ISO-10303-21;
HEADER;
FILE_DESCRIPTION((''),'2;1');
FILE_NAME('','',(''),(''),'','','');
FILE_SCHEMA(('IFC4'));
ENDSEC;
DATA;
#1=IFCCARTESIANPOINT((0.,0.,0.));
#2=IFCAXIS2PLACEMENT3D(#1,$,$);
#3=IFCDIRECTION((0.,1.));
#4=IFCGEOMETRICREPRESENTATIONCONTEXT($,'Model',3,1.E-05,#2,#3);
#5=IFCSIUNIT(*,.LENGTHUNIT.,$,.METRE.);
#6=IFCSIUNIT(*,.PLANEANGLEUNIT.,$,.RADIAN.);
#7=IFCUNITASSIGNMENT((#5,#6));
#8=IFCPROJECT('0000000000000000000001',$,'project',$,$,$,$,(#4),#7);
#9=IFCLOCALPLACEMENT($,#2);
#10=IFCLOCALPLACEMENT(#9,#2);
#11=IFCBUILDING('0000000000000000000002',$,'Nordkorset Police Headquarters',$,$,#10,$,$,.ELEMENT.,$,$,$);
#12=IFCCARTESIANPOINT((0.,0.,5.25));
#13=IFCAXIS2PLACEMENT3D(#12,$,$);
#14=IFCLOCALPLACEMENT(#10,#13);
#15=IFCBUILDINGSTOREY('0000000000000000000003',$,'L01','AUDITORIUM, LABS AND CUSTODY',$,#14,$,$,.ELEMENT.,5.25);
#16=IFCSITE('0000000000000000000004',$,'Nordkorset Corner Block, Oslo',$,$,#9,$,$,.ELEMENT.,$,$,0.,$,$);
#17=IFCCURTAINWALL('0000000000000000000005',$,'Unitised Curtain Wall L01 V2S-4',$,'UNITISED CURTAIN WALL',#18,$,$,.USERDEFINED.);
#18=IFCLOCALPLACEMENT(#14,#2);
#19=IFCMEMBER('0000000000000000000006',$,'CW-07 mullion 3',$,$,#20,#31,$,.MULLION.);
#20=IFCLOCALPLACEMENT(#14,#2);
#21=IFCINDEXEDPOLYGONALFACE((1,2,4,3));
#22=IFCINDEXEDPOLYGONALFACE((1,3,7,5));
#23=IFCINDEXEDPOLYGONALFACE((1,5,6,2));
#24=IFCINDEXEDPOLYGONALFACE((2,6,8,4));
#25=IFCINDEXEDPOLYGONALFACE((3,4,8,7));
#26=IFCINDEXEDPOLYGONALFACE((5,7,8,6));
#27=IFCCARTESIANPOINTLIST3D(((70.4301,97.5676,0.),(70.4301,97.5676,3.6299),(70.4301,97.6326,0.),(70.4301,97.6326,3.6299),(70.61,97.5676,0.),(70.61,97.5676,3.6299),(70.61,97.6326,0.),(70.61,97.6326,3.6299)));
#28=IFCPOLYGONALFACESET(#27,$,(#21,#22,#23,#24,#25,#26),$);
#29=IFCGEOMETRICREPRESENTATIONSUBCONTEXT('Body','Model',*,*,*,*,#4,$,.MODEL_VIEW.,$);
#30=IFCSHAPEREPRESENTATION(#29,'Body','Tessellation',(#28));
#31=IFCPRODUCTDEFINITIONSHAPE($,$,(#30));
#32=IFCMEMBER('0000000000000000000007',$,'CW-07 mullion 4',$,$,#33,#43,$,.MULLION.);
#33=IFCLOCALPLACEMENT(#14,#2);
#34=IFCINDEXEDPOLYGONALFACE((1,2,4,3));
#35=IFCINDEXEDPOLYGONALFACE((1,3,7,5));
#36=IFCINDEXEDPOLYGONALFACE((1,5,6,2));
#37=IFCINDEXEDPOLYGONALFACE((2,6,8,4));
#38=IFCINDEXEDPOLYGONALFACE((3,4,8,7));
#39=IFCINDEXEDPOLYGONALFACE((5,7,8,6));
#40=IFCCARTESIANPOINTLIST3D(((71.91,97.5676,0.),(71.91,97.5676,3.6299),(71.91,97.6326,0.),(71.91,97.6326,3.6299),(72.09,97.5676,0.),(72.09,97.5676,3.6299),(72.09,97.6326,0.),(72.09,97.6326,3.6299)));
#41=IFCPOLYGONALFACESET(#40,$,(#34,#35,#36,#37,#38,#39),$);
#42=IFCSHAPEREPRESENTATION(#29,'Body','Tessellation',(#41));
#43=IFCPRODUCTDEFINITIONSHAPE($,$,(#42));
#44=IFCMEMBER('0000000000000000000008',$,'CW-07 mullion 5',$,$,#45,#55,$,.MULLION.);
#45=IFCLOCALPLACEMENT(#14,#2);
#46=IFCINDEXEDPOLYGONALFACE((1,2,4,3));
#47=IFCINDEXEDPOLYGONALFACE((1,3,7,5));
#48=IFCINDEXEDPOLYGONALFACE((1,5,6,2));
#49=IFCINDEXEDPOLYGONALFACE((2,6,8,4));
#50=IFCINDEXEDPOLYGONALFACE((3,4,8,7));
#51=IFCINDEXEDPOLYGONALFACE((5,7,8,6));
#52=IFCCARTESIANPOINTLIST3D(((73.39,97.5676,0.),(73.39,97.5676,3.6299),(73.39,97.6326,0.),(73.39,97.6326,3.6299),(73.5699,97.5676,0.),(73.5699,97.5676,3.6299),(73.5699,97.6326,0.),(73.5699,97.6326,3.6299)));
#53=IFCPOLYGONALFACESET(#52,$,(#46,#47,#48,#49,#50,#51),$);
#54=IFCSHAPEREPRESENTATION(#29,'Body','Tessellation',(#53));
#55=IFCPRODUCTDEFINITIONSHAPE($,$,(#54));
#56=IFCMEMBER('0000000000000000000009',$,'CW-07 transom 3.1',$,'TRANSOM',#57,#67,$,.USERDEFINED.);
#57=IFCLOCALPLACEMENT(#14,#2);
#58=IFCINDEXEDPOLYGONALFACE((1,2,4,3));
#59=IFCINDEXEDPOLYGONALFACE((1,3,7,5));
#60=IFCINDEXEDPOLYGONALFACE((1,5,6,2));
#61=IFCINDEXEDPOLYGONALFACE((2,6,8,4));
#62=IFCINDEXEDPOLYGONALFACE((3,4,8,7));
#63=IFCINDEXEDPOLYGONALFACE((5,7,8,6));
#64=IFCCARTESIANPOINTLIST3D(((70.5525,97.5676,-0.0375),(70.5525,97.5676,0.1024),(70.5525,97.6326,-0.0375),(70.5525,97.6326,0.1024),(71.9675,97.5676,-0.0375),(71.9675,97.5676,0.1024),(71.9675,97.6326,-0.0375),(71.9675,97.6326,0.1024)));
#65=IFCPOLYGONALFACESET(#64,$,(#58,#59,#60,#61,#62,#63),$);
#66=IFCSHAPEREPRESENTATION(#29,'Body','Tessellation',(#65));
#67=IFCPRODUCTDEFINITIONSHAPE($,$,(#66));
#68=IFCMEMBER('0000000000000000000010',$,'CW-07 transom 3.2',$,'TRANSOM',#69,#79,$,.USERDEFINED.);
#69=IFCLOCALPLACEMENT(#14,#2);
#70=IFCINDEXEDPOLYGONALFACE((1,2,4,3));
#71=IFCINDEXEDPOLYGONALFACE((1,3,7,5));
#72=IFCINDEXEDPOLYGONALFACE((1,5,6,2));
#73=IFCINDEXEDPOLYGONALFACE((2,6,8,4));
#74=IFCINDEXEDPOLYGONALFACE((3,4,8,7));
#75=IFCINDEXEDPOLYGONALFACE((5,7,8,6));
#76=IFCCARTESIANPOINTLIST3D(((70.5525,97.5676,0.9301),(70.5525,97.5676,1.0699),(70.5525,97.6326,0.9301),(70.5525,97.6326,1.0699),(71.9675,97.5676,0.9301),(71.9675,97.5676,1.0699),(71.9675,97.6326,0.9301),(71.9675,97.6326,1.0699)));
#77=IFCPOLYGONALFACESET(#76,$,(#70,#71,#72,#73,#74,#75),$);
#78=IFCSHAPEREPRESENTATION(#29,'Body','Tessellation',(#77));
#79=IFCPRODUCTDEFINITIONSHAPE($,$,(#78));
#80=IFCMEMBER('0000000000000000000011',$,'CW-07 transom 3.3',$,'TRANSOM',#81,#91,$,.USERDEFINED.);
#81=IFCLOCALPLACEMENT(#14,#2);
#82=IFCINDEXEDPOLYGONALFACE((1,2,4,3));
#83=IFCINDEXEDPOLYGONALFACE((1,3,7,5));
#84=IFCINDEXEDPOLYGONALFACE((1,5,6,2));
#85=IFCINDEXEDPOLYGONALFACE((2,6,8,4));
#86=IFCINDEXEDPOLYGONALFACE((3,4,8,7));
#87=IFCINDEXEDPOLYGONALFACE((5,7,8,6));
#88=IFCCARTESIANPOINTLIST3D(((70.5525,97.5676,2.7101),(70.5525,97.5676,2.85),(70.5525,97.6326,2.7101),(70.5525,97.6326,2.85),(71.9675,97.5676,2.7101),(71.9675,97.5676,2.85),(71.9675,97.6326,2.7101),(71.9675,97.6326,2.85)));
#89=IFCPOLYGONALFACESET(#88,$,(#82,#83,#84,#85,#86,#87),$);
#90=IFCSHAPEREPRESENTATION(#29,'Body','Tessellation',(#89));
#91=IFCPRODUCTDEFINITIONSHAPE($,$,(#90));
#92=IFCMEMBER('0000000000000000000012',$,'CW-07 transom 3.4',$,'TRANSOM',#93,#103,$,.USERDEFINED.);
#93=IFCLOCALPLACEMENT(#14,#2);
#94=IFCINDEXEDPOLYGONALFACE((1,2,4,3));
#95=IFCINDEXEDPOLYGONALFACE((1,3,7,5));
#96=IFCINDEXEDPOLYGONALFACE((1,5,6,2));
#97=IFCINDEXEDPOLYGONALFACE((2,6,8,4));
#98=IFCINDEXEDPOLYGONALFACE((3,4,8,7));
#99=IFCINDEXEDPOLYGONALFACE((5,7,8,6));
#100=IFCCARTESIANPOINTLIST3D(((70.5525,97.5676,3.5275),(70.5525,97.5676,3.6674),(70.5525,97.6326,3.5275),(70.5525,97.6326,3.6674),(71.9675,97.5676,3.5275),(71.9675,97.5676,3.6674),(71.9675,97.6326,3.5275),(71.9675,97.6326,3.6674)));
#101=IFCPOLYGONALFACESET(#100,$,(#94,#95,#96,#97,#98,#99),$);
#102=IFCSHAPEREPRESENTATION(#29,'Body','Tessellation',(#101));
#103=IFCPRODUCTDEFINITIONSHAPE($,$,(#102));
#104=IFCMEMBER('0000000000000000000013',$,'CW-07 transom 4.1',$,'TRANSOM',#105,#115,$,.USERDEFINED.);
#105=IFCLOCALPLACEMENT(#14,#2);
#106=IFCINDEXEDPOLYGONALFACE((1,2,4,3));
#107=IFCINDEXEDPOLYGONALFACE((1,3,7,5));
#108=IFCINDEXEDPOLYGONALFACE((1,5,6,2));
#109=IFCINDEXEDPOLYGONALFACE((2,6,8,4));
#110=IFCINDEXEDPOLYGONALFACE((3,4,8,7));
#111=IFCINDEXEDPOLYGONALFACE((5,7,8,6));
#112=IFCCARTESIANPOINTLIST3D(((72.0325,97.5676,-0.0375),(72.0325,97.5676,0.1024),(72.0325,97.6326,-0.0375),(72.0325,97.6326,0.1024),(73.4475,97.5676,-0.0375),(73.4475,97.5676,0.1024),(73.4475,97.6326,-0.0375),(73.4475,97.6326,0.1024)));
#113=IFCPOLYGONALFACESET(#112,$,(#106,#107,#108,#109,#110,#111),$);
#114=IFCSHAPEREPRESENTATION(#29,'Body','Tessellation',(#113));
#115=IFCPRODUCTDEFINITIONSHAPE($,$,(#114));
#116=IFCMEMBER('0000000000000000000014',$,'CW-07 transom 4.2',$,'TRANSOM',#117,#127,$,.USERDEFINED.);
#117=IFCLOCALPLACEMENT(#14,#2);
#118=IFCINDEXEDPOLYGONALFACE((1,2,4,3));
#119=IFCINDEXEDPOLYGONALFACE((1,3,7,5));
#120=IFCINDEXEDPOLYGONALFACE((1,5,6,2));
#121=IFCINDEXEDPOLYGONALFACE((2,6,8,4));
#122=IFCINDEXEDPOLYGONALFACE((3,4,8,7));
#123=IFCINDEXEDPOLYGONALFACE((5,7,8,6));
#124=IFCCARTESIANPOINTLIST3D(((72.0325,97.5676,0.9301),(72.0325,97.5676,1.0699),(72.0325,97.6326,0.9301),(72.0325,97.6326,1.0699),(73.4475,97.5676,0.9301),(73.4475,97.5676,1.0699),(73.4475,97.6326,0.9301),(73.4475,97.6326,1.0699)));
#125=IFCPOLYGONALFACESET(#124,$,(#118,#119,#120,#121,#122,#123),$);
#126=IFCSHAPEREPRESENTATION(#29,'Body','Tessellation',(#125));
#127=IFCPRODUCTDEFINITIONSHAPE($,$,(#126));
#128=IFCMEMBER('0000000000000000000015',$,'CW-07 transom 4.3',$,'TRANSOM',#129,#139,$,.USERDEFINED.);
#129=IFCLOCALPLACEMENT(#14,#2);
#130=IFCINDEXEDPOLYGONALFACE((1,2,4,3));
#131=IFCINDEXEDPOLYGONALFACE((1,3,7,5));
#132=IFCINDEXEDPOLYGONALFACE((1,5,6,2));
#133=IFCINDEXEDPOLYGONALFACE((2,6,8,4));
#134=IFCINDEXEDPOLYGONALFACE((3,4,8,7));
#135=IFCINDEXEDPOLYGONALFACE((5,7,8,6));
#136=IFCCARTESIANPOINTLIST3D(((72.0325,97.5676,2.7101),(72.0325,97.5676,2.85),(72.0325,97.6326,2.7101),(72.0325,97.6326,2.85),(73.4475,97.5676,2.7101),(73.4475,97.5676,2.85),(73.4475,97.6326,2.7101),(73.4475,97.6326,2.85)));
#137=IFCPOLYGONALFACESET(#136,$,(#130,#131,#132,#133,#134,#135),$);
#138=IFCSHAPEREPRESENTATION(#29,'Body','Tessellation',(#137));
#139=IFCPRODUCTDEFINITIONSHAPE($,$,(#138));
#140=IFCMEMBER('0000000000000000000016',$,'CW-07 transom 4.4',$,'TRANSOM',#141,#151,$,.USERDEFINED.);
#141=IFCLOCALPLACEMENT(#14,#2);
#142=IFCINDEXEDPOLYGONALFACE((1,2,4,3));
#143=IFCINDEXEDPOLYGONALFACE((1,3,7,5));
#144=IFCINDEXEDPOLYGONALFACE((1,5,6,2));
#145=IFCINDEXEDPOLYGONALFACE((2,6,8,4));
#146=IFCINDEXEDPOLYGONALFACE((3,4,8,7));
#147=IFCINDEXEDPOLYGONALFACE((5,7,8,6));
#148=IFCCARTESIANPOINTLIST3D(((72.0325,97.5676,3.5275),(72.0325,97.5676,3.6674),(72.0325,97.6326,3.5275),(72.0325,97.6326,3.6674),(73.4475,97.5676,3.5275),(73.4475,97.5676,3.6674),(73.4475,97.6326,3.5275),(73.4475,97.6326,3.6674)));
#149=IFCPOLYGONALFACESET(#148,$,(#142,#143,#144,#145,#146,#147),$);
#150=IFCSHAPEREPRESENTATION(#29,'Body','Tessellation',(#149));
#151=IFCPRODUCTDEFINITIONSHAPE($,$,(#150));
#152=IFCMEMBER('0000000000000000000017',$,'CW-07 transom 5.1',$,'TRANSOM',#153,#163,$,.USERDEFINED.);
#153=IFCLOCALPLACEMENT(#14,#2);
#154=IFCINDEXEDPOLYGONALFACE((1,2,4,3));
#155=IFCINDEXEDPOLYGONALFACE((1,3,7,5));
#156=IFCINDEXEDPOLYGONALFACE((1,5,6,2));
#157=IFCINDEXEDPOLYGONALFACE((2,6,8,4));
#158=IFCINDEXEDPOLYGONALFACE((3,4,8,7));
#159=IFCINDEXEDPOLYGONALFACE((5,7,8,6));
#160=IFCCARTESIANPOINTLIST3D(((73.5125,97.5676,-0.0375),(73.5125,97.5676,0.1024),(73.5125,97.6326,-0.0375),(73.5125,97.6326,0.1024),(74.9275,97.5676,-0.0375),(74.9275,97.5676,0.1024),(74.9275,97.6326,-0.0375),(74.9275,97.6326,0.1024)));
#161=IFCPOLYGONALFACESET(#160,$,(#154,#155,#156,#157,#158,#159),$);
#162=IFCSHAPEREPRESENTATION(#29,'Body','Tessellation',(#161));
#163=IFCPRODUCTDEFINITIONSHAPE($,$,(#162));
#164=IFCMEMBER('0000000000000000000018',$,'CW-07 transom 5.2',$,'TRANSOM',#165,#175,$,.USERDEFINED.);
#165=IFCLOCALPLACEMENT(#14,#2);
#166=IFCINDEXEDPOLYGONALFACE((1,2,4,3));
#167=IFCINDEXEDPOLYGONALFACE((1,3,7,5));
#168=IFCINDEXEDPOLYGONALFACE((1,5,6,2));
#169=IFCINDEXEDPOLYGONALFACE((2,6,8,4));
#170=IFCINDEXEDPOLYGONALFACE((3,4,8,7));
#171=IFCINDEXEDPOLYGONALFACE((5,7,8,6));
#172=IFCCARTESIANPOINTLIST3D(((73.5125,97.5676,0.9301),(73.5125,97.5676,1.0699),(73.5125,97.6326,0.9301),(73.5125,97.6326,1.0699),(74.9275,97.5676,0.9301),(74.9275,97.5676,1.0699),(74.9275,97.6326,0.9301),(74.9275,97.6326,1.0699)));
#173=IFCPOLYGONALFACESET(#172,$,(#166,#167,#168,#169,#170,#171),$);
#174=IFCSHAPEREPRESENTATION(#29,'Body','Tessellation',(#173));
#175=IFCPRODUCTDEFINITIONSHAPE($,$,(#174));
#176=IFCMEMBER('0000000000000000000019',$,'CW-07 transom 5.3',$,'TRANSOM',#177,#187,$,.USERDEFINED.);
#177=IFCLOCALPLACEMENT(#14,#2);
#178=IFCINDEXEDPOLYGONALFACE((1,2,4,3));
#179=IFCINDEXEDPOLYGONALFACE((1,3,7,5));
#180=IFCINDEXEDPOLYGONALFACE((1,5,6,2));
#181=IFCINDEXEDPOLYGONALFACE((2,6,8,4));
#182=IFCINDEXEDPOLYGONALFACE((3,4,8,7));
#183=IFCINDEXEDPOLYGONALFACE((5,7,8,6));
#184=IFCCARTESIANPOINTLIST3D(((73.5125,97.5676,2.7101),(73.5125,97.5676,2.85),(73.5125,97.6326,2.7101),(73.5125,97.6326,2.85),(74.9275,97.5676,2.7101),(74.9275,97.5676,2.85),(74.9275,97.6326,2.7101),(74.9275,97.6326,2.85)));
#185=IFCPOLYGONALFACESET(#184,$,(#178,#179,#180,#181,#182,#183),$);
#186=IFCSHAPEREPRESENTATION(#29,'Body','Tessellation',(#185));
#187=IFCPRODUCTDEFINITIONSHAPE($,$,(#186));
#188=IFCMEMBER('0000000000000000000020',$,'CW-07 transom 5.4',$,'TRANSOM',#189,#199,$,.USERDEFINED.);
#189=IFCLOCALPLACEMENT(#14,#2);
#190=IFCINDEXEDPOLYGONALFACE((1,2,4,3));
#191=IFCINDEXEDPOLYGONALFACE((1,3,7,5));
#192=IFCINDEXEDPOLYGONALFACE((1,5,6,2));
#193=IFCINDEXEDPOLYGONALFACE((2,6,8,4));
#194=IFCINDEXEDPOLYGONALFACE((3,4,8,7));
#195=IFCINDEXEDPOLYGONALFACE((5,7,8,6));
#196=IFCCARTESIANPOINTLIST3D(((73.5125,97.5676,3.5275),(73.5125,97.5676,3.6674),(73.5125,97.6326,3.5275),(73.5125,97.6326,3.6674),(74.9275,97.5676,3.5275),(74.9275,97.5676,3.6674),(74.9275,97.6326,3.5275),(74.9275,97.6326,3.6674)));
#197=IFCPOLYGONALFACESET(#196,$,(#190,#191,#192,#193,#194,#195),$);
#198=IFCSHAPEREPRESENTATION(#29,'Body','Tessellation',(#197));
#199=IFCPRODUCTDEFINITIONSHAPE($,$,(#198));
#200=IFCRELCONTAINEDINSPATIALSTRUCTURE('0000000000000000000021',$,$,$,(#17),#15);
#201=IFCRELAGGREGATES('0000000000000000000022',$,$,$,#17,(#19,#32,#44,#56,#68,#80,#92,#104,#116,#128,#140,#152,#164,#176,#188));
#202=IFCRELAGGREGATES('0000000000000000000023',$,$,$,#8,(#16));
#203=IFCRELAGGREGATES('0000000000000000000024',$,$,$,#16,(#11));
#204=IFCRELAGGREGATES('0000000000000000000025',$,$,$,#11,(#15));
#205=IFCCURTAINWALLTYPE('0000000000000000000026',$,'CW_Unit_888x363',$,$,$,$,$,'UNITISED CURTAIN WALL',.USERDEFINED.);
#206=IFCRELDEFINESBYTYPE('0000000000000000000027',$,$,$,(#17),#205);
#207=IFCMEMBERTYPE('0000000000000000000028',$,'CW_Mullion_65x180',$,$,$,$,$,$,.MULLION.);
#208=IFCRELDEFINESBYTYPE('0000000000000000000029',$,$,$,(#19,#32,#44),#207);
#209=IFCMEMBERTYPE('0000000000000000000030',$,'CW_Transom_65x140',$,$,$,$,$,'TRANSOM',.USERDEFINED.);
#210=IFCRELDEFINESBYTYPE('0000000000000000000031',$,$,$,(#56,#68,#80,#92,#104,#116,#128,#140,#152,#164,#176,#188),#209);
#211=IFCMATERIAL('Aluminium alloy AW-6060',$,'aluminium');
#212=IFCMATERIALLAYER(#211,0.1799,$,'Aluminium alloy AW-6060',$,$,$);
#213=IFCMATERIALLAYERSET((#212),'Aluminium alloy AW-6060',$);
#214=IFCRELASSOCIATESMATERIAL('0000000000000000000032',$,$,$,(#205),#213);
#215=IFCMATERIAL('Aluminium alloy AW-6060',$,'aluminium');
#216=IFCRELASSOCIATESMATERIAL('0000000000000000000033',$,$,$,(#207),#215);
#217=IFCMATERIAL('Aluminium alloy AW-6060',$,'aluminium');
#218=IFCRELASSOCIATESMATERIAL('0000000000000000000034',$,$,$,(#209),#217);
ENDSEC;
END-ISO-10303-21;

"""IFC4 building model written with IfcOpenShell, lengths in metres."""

from ifc_helpers import new_model, si_unit, direction, frame, origin, origin_2d, place, context, subcontext, project, spatial, rectangle, extrude, material, layer, layer_set, material_profile, profile_set, type_object, element, aggregate, save


model = new_model("IFC4")

# Units and contexts
model_context = context("Model", 3, precision=1e-05, world=origin(), true_north=direction((0.0, 1.0)))
body_context = subcontext(model_context, "Body", "Model", "MODEL_VIEW")
ifc_project = project(units=[si_unit("LENGTHUNIT", "METRE"), si_unit("PLANEANGLEUNIT", "RADIAN")], contexts=[model_context])

# Site, building, storey
site_placement = place(None, origin())
site = spatial("IfcSite", under=ifc_project, at=site_placement, Name="Nordkorset Corner Block, Oslo", CompositionType="ELEMENT", RefElevation=0.0)
building_placement = place(site_placement, origin())
building = spatial("IfcBuilding", under=site, at=building_placement, Name="Nordkorset Police Headquarters", CompositionType="ELEMENT")
storey_placement = place(building_placement, frame((0.0, 0.0, 5.25)))
storey = spatial("IfcBuildingStorey", under=building, at=storey_placement, Name="L01", Description="AUDITORIUM, LABS AND CUSTODY", CompositionType="ELEMENT", Elevation=5.25)

# Curtain wall, members
ifc_material_1 = material(Name="Aluminium alloy AW-6060", Category="aluminium")
ifc_layer_1 = layer(ifc_material_1, 0.1799, Name="Aluminium alloy AW-6060")
ifc_layer_set_1 = layer_set([ifc_layer_1], Name="Aluminium alloy AW-6060")
curtain_wall_type = type_object("IfcCurtainWallType", Name="CW_Unit_888x363", ElementType="UNITISED CURTAIN WALL", PredefinedType="USERDEFINED", material=ifc_layer_set_1)
curtain_wall_placement = place(storey_placement, origin())
curtain_wall = element("IfcCurtainWall", 1, at=curtain_wall_placement, inside=storey, type_object=curtain_wall_type, Name="Unitised Curtain Wall L01 V2S-4", ObjectType="UNITISED CURTAIN WALL", PredefinedType="USERDEFINED")
ifc_material_2 = material(Name="Aluminium alloy AW-6060", Category="aluminium")
ifc_material_profile_1 = material_profile(ifc_material_2, rectangle(XDim=0.0649, YDim=0.1799, at=origin_2d()), Name="ALU MULL 65x180")
ifc_profile_set_1 = profile_set([ifc_material_profile_1], Name="Aluminium alloy AW-6060")
member_type_1 = type_object("IfcMemberType", Name="CW_Mullion_65x180", PredefinedType="MULLION", material=ifc_profile_set_1)
member_1_placement = place(storey_placement, frame((70.52, 97.6001, 0.0), z_axis=(0.0, 0.0, 1.0), x_axis=(0.0, 1.0, 0.0)))
member_1 = element("IfcMember", 2, at=member_1_placement, type_object=member_type_1, Name="CW-07 mullion 3", PredefinedType="MULLION", context=body_context, shape_type="SweptSolid", body=[
    extrude(rectangle(XDim=0.0649, YDim=0.1799, at=origin_2d()), origin(), (0.0, 0.0, 1.0), 3.6299),
])
member_2_placement = place(storey_placement, frame((72.0, 97.6001, 0.0), z_axis=(0.0, 0.0, 1.0), x_axis=(0.0, 1.0, 0.0)))
member_2 = element("IfcMember", 3, at=member_2_placement, type_object=member_type_1, Name="CW-07 mullion 4", PredefinedType="MULLION", context=body_context, shape_type="SweptSolid", body=[
    extrude(rectangle(XDim=0.0649, YDim=0.1799, at=origin_2d()), origin(), (0.0, 0.0, 1.0), 3.6299),
])
member_3_placement = place(storey_placement, frame((73.48, 97.6001, 0.0), z_axis=(0.0, 0.0, 1.0), x_axis=(0.0, 1.0, 0.0)))
member_3 = element("IfcMember", 4, at=member_3_placement, type_object=member_type_1, Name="CW-07 mullion 5", PredefinedType="MULLION", context=body_context, shape_type="SweptSolid", body=[
    extrude(rectangle(XDim=0.0649, YDim=0.1799, at=origin_2d()), origin(), (0.0, 0.0, 1.0), 3.6299),
])
ifc_material_3 = material(Name="Aluminium alloy AW-6060", Category="aluminium")
ifc_material_profile_2 = material_profile(ifc_material_3, rectangle(XDim=0.0649, YDim=0.1399, at=origin_2d()), Name="ALU TRAN 65x140")
ifc_profile_set_2 = profile_set([ifc_material_profile_2], Name="Aluminium alloy AW-6060")
member_type_2 = type_object("IfcMemberType", Name="CW_Transom_65x140", ElementType="TRANSOM", PredefinedType="USERDEFINED", material=ifc_profile_set_2)
member_4_placement = place(storey_placement, frame((70.5525, 97.6001, 0.0325), z_axis=(1.0, 0.0, 0.0), x_axis=(0.0, 1.0, 0.0)))
member_4 = element("IfcMember", 5, at=member_4_placement, type_object=member_type_2, Name="CW-07 transom 3.1", ObjectType="TRANSOM", PredefinedType="USERDEFINED", context=body_context, shape_type="SweptSolid", body=[
    extrude(rectangle(XDim=0.0649, YDim=0.1399, at=origin_2d()), origin(), (0.0, 0.0, 1.0), 1.415),
])
member_5_placement = place(storey_placement, frame((70.5525, 97.6001, 1.0), z_axis=(1.0, 0.0, 0.0), x_axis=(0.0, 1.0, 0.0)))
member_5 = element("IfcMember", 6, at=member_5_placement, type_object=member_type_2, Name="CW-07 transom 3.2", ObjectType="TRANSOM", PredefinedType="USERDEFINED", context=body_context, shape_type="SweptSolid", body=[
    extrude(rectangle(XDim=0.0649, YDim=0.1399, at=origin_2d()), origin(), (0.0, 0.0, 1.0), 1.415),
])
member_6_placement = place(storey_placement, frame((70.5525, 97.6001, 2.78), z_axis=(1.0, 0.0, 0.0), x_axis=(0.0, 1.0, 0.0)))
member_6 = element("IfcMember", 7, at=member_6_placement, type_object=member_type_2, Name="CW-07 transom 3.3", ObjectType="TRANSOM", PredefinedType="USERDEFINED", context=body_context, shape_type="SweptSolid", body=[
    extrude(rectangle(XDim=0.0649, YDim=0.1399, at=origin_2d()), origin(), (0.0, 0.0, 1.0), 1.415),
])
member_7_placement = place(storey_placement, frame((70.5525, 97.6001, 3.5974), z_axis=(1.0, 0.0, 0.0), x_axis=(0.0, 1.0, 0.0)))
member_7 = element("IfcMember", 8, at=member_7_placement, type_object=member_type_2, Name="CW-07 transom 3.4", ObjectType="TRANSOM", PredefinedType="USERDEFINED", context=body_context, shape_type="SweptSolid", body=[
    extrude(rectangle(XDim=0.0649, YDim=0.1399, at=origin_2d()), origin(), (0.0, 0.0, 1.0), 1.415),
])
member_8_placement = place(storey_placement, frame((72.0325, 97.6001, 0.0325), z_axis=(1.0, 0.0, 0.0), x_axis=(0.0, 1.0, 0.0)))
member_8 = element("IfcMember", 9, at=member_8_placement, type_object=member_type_2, Name="CW-07 transom 4.1", ObjectType="TRANSOM", PredefinedType="USERDEFINED", context=body_context, shape_type="SweptSolid", body=[
    extrude(rectangle(XDim=0.0649, YDim=0.1399, at=origin_2d()), origin(), (0.0, 0.0, 1.0), 1.415),
])
member_9_placement = place(storey_placement, frame((72.0325, 97.6001, 1.0), z_axis=(1.0, 0.0, 0.0), x_axis=(0.0, 1.0, 0.0)))
member_9 = element("IfcMember", 10, at=member_9_placement, type_object=member_type_2, Name="CW-07 transom 4.2", ObjectType="TRANSOM", PredefinedType="USERDEFINED", context=body_context, shape_type="SweptSolid", body=[
    extrude(rectangle(XDim=0.0649, YDim=0.1399, at=origin_2d()), origin(), (0.0, 0.0, 1.0), 1.415),
])
member_10_placement = place(storey_placement, frame((72.0325, 97.6001, 2.78), z_axis=(1.0, 0.0, 0.0), x_axis=(0.0, 1.0, 0.0)))
member_10 = element("IfcMember", 11, at=member_10_placement, type_object=member_type_2, Name="CW-07 transom 4.3", ObjectType="TRANSOM", PredefinedType="USERDEFINED", context=body_context, shape_type="SweptSolid", body=[
    extrude(rectangle(XDim=0.0649, YDim=0.1399, at=origin_2d()), origin(), (0.0, 0.0, 1.0), 1.415),
])
member_11_placement = place(storey_placement, frame((72.0325, 97.6001, 3.5974), z_axis=(1.0, 0.0, 0.0), x_axis=(0.0, 1.0, 0.0)))
member_11 = element("IfcMember", 12, at=member_11_placement, type_object=member_type_2, Name="CW-07 transom 4.4", ObjectType="TRANSOM", PredefinedType="USERDEFINED", context=body_context, shape_type="SweptSolid", body=[
    extrude(rectangle(XDim=0.0649, YDim=0.1399, at=origin_2d()), origin(), (0.0, 0.0, 1.0), 1.415),
])
member_12_placement = place(storey_placement, frame((73.5125, 97.6001, 0.0325), z_axis=(1.0, 0.0, 0.0), x_axis=(0.0, 1.0, 0.0)))
member_12 = element("IfcMember", 13, at=member_12_placement, type_object=member_type_2, Name="CW-07 transom 5.1", ObjectType="TRANSOM", PredefinedType="USERDEFINED", context=body_context, shape_type="SweptSolid", body=[
    extrude(rectangle(XDim=0.0649, YDim=0.1399, at=origin_2d()), origin(), (0.0, 0.0, 1.0), 1.415),
])
member_13_placement = place(storey_placement, frame((73.5125, 97.6001, 1.0), z_axis=(1.0, 0.0, 0.0), x_axis=(0.0, 1.0, 0.0)))
member_13 = element("IfcMember", 14, at=member_13_placement, type_object=member_type_2, Name="CW-07 transom 5.2", ObjectType="TRANSOM", PredefinedType="USERDEFINED", context=body_context, shape_type="SweptSolid", body=[
    extrude(rectangle(XDim=0.0649, YDim=0.1399, at=origin_2d()), origin(), (0.0, 0.0, 1.0), 1.415),
])
member_14_placement = place(storey_placement, frame((73.5125, 97.6001, 2.78), z_axis=(1.0, 0.0, 0.0), x_axis=(0.0, 1.0, 0.0)))
member_14 = element("IfcMember", 15, at=member_14_placement, type_object=member_type_2, Name="CW-07 transom 5.3", ObjectType="TRANSOM", PredefinedType="USERDEFINED", context=body_context, shape_type="SweptSolid", body=[
    extrude(rectangle(XDim=0.0649, YDim=0.1399, at=origin_2d()), origin(), (0.0, 0.0, 1.0), 1.415),
])
member_15_placement = place(storey_placement, frame((73.5125, 97.6001, 3.5974), z_axis=(1.0, 0.0, 0.0), x_axis=(0.0, 1.0, 0.0)))
member_15 = element("IfcMember", 16, at=member_15_placement, type_object=member_type_2, Name="CW-07 transom 5.4", ObjectType="TRANSOM", PredefinedType="USERDEFINED", context=body_context, shape_type="SweptSolid", body=[
    extrude(rectangle(XDim=0.0649, YDim=0.1399, at=origin_2d()), origin(), (0.0, 0.0, 1.0), 1.415),
])
aggregate(curtain_wall, [member_1, member_2, member_3, member_4, member_5, member_6, member_7, member_8, member_9, member_10, member_11, member_12, member_13, member_14, member_15])

save(model, "model.ifc")
